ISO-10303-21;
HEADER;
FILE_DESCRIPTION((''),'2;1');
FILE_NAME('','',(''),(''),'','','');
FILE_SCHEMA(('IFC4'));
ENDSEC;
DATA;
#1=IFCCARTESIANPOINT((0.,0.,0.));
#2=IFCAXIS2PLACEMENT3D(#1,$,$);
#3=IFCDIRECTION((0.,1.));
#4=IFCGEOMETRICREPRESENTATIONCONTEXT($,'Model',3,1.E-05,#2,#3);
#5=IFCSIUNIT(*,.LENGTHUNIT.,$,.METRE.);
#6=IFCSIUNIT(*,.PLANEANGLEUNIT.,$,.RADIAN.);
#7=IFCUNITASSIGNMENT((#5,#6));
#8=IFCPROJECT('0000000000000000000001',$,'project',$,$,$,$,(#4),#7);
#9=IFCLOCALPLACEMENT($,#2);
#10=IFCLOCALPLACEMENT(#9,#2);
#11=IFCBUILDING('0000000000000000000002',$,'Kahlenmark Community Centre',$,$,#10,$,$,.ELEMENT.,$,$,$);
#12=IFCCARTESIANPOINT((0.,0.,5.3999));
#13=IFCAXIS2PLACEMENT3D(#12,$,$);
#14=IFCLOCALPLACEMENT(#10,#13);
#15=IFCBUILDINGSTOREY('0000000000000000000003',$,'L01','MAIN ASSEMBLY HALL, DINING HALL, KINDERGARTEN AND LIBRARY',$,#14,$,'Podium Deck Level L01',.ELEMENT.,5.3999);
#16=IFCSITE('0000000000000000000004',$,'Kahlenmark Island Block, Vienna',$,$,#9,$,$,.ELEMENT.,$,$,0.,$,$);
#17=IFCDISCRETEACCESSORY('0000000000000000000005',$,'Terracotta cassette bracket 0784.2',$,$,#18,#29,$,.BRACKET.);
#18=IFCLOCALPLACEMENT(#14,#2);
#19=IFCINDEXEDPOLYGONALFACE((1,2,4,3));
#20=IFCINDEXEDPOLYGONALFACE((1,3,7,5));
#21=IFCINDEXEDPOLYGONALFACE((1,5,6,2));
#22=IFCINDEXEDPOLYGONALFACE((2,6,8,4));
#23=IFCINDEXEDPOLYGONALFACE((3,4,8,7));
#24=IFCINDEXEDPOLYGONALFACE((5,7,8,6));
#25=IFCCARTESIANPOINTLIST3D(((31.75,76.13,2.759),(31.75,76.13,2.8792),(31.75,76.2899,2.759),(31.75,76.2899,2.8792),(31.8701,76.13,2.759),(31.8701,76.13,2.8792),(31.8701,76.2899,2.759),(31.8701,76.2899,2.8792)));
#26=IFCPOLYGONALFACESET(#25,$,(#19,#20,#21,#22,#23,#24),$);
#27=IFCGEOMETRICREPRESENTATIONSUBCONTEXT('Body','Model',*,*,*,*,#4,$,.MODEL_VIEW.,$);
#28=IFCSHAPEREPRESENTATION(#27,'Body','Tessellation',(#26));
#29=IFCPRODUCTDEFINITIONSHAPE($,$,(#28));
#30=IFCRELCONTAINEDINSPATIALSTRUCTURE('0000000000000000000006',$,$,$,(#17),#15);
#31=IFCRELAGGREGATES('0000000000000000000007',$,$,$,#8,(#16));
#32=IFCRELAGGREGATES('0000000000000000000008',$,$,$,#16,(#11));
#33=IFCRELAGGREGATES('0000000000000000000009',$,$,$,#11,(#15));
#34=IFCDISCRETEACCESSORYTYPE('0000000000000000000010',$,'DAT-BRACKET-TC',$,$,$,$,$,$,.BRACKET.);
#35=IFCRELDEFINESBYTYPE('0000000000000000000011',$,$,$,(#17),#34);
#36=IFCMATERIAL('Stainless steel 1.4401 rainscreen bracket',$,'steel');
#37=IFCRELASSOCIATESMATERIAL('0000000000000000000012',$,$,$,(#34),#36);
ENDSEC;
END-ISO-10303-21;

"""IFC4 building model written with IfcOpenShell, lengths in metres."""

from ifc_helpers import new_model, si_unit, direction, frame, origin, origin_2d, place, context, subcontext, project, spatial, rectangle, extrude, material, type_object, element, save


model = new_model("IFC4")

# Units and contexts
model_context = context("Model", 3, precision=1e-05, world=origin(), true_north=direction((0.0, 1.0)))
body_context = subcontext(model_context, "Body", "Model", "MODEL_VIEW")
ifc_project = project(units=[si_unit("LENGTHUNIT", "METRE"), si_unit("PLANEANGLEUNIT", "RADIAN")], contexts=[model_context])

# Site, building, storey
site_placement = place(None, origin())
site = spatial("IfcSite", under=ifc_project, at=site_placement, Name="Kahlenmark Island Block, Vienna", CompositionType="ELEMENT", RefElevation=0.0)
building_placement = place(site_placement, origin())
building = spatial("IfcBuilding", under=site, at=building_placement, Name="Kahlenmark Community Centre", CompositionType="ELEMENT")
storey_placement = place(building_placement, frame((0.0, 0.0, 5.3999)))
storey = spatial("IfcBuildingStorey", under=building, at=storey_placement, Name="L01", Description="MAIN ASSEMBLY HALL, DINING HALL, KINDERGARTEN AND LIBRARY", LongName="Podium Deck Level L01", CompositionType="ELEMENT", Elevation=5.3999)

# Discrete accessory
ifc_material = material(Name="Stainless steel 1.4401 rainscreen bracket", Category="steel")
discrete_accessory_type = type_object("IfcDiscreteAccessoryType", Name="DAT-BRACKET-TC", PredefinedType="BRACKET", material=ifc_material)
for number, where, z_axis, x_axis, name in (
    (1, (31.8101, 76.21, 2.759), (0.0, 0.0, 1.0), (-1.0, 0.0, 0.0), "Terracotta cassette bracket 0784.2"),
):
    element("IfcDiscreteAccessory", number, at=place(storey_placement, frame(where, z_axis=z_axis, x_axis=x_axis)), inside=storey, type_object=discrete_accessory_type, Name=name, PredefinedType="BRACKET", context=body_context, shape_type="SweptSolid", body=[
        extrude(rectangle(XDim=0.1201, YDim=0.1599, at=origin_2d()), origin(), (0.0, 0.0, 1.0), 0.1201),
    ])

save(model, "model.ifc")
